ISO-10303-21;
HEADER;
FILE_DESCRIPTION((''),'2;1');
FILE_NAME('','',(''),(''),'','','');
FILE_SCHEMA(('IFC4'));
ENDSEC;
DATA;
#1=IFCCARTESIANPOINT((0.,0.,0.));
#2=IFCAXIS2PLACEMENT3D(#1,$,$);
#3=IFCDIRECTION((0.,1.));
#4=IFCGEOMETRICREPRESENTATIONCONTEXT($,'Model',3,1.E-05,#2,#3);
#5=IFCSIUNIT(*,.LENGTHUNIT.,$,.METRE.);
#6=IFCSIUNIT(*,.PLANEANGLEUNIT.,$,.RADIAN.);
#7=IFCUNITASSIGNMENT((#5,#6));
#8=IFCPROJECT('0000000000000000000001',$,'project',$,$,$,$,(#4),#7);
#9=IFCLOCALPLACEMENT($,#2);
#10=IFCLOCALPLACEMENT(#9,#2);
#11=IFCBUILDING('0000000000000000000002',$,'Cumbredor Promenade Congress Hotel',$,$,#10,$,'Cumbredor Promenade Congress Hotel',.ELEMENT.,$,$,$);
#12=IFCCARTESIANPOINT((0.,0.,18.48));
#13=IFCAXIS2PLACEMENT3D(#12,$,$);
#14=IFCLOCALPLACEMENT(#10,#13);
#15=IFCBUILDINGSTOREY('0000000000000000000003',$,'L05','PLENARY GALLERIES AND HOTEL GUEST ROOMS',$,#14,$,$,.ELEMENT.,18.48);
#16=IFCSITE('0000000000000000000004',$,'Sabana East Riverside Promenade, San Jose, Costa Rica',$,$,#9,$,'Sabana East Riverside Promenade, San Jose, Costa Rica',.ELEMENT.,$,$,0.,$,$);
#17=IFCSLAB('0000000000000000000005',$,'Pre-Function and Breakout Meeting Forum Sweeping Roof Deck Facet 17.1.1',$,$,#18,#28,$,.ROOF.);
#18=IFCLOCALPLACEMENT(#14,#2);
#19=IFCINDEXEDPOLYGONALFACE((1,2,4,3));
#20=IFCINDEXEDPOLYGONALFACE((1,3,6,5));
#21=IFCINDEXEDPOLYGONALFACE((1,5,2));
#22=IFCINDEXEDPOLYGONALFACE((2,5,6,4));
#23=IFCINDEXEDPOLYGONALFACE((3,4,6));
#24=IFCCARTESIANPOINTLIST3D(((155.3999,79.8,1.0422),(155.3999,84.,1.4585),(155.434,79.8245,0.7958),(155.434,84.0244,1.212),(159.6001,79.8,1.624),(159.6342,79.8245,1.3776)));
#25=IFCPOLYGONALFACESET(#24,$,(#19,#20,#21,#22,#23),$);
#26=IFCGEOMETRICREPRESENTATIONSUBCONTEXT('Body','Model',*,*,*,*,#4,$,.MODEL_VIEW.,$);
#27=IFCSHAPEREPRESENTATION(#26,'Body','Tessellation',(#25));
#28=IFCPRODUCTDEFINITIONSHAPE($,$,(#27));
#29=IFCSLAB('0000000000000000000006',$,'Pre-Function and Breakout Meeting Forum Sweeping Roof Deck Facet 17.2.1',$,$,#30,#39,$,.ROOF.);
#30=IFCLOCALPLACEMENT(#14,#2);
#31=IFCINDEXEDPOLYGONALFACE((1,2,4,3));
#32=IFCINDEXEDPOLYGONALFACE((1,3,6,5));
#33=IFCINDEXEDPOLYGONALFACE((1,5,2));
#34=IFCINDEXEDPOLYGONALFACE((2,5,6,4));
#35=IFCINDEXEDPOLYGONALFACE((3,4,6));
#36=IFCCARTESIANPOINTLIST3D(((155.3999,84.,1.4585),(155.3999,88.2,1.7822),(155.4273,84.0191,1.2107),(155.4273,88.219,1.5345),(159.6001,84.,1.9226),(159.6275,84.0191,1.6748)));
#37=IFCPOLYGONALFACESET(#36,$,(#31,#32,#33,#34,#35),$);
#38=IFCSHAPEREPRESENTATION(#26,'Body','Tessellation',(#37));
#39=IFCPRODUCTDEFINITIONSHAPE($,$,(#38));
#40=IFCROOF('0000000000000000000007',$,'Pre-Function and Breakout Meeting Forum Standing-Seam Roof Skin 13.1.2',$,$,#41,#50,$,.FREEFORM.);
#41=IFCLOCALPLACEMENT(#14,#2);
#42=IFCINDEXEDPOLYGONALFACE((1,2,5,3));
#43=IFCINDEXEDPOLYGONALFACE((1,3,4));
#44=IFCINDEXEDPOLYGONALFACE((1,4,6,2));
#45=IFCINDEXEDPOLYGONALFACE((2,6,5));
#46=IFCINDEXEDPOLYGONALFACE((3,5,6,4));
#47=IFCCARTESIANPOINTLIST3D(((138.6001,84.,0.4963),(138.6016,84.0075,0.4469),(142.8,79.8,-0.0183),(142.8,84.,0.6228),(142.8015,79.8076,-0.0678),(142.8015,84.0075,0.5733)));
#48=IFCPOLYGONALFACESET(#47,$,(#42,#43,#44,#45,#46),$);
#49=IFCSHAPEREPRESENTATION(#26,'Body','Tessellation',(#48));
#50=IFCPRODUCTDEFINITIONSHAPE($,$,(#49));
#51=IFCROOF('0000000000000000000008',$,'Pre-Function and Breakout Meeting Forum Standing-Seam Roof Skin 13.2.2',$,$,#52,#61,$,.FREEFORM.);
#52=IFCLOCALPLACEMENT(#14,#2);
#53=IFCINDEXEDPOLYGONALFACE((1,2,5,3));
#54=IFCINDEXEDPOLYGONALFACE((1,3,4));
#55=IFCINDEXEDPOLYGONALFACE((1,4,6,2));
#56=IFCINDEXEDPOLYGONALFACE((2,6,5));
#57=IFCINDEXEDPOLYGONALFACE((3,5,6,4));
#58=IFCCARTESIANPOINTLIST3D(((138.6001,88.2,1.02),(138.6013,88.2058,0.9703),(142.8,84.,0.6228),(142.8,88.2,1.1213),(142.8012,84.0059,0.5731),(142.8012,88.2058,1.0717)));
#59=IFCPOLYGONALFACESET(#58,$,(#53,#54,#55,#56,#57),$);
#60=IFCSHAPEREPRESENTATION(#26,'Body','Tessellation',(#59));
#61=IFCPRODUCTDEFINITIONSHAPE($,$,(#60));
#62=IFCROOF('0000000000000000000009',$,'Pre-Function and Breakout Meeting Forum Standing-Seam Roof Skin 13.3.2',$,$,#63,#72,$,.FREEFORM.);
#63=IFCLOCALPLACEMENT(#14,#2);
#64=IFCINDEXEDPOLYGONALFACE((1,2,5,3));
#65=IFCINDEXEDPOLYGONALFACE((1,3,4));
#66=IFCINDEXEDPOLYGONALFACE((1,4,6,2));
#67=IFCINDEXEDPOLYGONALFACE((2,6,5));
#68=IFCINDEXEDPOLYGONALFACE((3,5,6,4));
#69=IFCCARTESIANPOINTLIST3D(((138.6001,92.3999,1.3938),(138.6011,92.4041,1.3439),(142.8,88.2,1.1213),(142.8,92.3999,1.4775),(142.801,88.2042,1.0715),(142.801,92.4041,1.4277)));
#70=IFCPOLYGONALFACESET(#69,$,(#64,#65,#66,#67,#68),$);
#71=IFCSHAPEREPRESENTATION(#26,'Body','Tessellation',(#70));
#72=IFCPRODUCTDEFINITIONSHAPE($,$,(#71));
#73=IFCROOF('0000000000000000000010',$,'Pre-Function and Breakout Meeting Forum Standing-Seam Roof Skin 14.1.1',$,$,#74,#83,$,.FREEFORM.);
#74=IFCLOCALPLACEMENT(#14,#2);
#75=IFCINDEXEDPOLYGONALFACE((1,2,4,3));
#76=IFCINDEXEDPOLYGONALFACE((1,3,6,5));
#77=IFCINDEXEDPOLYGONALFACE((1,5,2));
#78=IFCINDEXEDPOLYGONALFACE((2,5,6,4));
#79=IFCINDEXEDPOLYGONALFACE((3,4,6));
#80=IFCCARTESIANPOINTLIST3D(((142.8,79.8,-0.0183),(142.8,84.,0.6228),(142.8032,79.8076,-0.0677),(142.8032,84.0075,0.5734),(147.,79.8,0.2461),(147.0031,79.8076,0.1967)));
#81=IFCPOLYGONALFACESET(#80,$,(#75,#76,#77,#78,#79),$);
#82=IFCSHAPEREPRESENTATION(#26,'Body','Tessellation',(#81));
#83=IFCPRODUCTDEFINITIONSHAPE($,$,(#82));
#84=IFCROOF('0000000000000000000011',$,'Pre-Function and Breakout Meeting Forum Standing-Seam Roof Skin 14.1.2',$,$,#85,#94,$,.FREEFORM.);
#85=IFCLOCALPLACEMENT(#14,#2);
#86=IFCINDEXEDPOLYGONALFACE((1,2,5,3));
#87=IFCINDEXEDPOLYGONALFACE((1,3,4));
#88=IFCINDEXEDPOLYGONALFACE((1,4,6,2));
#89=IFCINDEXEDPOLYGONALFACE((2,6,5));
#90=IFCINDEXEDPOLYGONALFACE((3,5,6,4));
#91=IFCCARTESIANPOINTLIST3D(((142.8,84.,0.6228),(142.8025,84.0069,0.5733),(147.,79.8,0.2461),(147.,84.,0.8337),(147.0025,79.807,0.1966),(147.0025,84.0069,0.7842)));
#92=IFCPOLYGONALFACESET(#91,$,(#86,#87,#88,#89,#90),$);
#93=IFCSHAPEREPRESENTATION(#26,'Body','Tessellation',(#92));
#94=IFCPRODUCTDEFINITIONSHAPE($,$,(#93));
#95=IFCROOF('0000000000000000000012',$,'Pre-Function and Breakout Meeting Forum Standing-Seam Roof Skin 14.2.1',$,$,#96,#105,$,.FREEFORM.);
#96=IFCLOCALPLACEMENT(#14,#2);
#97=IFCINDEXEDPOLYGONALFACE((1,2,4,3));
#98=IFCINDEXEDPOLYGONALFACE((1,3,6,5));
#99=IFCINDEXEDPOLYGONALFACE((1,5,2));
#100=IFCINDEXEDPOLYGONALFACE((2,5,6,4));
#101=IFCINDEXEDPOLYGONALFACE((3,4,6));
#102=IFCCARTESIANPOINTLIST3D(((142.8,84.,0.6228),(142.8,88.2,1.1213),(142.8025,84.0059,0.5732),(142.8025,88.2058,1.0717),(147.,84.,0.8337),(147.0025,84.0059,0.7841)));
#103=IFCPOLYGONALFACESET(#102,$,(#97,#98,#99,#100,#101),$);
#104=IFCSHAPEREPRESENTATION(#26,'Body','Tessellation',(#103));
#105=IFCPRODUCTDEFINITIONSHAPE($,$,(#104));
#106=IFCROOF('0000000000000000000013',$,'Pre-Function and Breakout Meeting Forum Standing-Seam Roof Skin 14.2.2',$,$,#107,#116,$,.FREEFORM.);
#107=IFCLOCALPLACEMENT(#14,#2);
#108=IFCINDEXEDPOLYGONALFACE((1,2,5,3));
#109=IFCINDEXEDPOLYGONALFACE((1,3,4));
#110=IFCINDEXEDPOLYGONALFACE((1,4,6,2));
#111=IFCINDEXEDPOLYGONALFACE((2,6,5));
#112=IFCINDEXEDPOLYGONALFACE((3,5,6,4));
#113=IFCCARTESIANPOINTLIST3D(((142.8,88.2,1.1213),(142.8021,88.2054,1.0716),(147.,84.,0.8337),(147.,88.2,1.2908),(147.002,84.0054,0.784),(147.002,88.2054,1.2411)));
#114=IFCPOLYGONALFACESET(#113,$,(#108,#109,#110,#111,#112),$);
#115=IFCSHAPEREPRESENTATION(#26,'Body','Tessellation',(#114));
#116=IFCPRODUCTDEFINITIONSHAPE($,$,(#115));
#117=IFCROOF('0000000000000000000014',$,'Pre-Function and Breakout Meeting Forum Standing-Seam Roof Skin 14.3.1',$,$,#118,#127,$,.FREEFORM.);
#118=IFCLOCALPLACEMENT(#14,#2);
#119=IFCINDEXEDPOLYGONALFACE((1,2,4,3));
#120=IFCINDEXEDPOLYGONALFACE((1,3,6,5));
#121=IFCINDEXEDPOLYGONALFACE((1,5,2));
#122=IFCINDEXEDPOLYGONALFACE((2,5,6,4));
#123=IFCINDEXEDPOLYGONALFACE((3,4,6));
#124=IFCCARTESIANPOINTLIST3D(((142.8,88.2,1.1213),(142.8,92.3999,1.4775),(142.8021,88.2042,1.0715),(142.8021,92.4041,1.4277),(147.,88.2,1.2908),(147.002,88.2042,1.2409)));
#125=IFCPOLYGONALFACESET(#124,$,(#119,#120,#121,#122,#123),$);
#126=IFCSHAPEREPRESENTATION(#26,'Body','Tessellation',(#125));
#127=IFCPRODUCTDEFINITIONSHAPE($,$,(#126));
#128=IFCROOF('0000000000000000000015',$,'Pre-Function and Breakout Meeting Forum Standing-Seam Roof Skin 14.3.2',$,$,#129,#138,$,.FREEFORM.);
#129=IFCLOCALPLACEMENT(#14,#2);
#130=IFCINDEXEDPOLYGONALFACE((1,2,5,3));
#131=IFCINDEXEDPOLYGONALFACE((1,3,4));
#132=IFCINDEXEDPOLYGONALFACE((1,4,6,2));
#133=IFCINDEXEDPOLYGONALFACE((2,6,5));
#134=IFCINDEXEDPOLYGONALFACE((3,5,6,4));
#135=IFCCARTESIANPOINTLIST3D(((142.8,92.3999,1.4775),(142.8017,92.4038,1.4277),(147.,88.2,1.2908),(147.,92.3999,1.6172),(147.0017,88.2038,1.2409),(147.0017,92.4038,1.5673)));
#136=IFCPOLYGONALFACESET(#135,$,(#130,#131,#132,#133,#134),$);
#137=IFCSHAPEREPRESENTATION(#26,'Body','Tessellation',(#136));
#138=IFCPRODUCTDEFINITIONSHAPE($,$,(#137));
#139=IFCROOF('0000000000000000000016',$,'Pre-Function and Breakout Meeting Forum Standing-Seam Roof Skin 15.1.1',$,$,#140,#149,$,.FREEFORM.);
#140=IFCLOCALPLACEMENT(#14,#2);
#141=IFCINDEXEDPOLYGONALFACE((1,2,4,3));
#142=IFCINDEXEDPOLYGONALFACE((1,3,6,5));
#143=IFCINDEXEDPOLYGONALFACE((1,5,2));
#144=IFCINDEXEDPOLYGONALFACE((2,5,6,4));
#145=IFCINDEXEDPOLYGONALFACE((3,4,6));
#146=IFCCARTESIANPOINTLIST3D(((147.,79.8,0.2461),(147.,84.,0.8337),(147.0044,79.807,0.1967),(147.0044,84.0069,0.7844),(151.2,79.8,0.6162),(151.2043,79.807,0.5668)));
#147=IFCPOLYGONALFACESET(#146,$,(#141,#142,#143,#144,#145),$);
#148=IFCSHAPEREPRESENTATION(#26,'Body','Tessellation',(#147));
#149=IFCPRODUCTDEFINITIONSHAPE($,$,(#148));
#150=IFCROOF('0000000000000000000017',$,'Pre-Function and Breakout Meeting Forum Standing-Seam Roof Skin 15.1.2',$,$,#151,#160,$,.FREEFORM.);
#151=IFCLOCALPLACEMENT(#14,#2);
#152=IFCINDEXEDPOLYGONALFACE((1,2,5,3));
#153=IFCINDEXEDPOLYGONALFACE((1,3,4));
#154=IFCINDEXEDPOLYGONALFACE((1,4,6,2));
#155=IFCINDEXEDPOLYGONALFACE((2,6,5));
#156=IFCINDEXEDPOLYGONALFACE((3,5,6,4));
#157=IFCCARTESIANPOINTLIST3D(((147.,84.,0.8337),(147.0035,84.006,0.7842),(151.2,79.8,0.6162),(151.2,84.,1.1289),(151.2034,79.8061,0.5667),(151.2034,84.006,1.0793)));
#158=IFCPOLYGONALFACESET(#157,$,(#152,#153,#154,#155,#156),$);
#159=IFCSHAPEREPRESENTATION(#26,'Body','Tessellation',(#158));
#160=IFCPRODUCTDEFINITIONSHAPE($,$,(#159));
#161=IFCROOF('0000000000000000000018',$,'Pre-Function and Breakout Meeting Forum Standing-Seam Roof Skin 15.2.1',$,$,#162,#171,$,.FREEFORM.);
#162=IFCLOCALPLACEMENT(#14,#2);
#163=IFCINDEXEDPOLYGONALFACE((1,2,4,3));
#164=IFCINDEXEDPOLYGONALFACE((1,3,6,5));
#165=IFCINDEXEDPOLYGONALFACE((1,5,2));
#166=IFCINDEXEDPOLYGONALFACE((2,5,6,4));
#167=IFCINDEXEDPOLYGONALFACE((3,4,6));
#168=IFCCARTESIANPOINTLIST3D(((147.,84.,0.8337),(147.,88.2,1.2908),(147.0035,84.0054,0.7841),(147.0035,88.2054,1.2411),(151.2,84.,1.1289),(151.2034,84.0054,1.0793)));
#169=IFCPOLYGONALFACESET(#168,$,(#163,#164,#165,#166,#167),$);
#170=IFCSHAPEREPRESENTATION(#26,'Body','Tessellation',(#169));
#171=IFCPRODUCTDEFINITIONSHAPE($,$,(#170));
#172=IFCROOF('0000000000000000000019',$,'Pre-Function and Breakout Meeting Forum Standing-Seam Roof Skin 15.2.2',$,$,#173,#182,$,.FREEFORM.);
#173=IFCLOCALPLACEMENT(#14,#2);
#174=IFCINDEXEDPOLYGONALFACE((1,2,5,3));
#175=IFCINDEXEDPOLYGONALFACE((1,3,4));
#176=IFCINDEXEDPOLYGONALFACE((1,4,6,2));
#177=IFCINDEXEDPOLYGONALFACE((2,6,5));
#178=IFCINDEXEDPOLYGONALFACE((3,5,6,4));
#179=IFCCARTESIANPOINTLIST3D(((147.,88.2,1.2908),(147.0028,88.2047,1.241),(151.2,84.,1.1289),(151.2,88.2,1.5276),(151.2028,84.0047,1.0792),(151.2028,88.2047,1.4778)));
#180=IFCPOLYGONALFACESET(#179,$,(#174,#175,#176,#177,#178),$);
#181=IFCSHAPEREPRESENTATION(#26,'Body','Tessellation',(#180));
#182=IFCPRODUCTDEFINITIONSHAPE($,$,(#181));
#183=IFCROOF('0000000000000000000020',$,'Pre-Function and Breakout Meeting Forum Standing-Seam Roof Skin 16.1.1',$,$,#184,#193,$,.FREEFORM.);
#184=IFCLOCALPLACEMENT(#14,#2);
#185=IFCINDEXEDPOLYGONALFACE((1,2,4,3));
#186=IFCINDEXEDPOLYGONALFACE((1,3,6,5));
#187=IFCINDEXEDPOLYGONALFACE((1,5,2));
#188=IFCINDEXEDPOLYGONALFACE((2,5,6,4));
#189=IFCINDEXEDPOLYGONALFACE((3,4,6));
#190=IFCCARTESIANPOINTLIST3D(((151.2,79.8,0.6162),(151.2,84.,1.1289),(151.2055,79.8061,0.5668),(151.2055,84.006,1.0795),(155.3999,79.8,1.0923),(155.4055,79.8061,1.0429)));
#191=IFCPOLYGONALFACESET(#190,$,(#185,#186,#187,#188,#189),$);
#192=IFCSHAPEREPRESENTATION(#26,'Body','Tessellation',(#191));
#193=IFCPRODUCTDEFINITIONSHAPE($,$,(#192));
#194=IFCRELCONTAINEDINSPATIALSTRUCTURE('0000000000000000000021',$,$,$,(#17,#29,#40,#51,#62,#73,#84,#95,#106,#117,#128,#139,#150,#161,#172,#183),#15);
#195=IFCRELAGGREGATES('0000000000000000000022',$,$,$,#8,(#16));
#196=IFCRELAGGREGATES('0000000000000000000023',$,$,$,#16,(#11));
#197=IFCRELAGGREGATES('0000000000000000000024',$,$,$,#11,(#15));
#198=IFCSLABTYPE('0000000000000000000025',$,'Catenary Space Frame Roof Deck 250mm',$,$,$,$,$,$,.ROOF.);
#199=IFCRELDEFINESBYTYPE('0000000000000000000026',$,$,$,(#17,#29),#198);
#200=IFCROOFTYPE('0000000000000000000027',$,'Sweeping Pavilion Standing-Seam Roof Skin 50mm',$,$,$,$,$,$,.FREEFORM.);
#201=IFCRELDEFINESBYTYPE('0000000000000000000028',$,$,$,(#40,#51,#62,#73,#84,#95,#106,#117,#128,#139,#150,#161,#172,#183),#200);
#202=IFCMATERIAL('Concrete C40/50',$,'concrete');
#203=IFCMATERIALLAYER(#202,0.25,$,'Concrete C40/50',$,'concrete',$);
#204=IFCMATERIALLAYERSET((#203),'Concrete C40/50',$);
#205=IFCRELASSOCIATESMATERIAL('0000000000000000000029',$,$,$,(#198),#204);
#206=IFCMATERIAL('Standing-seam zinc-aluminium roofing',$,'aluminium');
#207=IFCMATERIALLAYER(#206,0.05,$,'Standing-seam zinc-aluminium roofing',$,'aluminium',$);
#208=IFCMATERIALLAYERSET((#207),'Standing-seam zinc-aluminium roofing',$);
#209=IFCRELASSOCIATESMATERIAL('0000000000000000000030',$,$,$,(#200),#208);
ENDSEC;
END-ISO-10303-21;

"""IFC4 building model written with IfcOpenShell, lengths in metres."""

from ifc_helpers import new_model, si_unit, direction, frame, origin, place, context, subcontext, project, spatial, polyline, outline, extrude, material, layer, layer_set, type_object, element, save


model = new_model("IFC4")

# Units and contexts
model_context = context("Model", 3, precision=1e-05, world=origin(), true_north=direction((0.0, 1.0)))
body_context = subcontext(model_context, "Body", "Model", "MODEL_VIEW")
ifc_project = project(units=[si_unit("LENGTHUNIT", "METRE"), si_unit("PLANEANGLEUNIT", "RADIAN")], contexts=[model_context])

# Site, building, storey
site_placement = place(None, origin())
site = spatial("IfcSite", under=ifc_project, at=site_placement, Name="Sabana East Riverside Promenade, San Jose, Costa Rica", LongName="Sabana East Riverside Promenade, San Jose, Costa Rica", CompositionType="ELEMENT", RefElevation=0.0)
building_placement = place(site_placement, origin())
building = spatial("IfcBuilding", under=site, at=building_placement, Name="Cumbredor Promenade Congress Hotel", LongName="Cumbredor Promenade Congress Hotel", CompositionType="ELEMENT")
storey_placement = place(building_placement, frame((0.0, 0.0, 18.48)))
storey = spatial("IfcBuildingStorey", under=building, at=storey_placement, Name="L05", Description="PLENARY GALLERIES AND HOTEL GUEST ROOMS", CompositionType="ELEMENT", Elevation=18.48)

# Slabs
ifc_material_1 = material(Name="Concrete C40/50", Category="concrete")
ifc_layer_1 = layer(ifc_material_1, 0.25, Name="Concrete C40/50", Category="concrete")
ifc_layer_set_1 = layer_set([ifc_layer_1], Name="Concrete C40/50")
slab_type = type_object("IfcSlabType", Name="Catenary Space Frame Roof Deck 250mm", PredefinedType="ROOF", material=ifc_layer_set_1)
slab_1_placement = place(storey_placement, frame((155.3999, 79.8, 1.0422), z_axis=(-0.136548, -0.097704, 0.985804), x_axis=(0.990543, 0.0, 0.137204)))
element("IfcSlab", 1, at=slab_1_placement, inside=storey, type_object=slab_type, Name="Pre-Function and Breakout Meeting Forum Sweeping Roof Deck Facet 17.1.1", PredefinedType="ROOF", context=body_context, shape_type="SweptSolid", body=[
    extrude(outline(polyline([(0.0, 0.0), (4.2403, 0.0), (0.0571, 4.2201), (0.0, 0.0)])), origin(), (0.0, 0.0, -1.0), 0.25),
])
slab_2_placement = place(storey_placement, frame((155.3999, 84.0, 1.4585), z_axis=(-0.109508, -0.076389, 0.991046), x_axis=(0.99395, 0.0, 0.109829)))
element("IfcSlab", 2, at=slab_2_placement, inside=storey, type_object=slab_type, Name="Pre-Function and Breakout Meeting Forum Sweeping Roof Deck Facet 17.2.1", PredefinedType="ROOF", context=body_context, shape_type="SweptSolid", body=[
    extrude(outline(polyline([(0.0, 0.0), (4.2258, 0.0), (0.0356, 4.2123), (0.0, 0.0)])), origin(), (0.0, 0.0, -1.0), 0.25),
])

# Roofs
ifc_material_2 = material(Name="Standing-seam zinc-aluminium roofing", Category="aluminium")
ifc_layer_2 = layer(ifc_material_2, 0.05, Name="Standing-seam zinc-aluminium roofing", Category="aluminium")
ifc_layer_set_2 = layer_set([ifc_layer_2], Name="Standing-seam zinc-aluminium roofing")
roof_type = type_object("IfcRoofType", Name="Sweeping Pavilion Standing-Seam Roof Skin 50mm", PredefinedType="FREEFORM", material=ifc_layer_set_2)
roof_1_placement = place(storey_placement, frame((142.8, 79.8, -0.0183), z_axis=(-0.029753, -0.150833, 0.988111), x_axis=(0.0, 0.988549, 0.1509)))
element("IfcRoof", 3, at=roof_1_placement, inside=storey, type_object=roof_type, Name="Pre-Function and Breakout Meeting Forum Standing-Seam Roof Skin 13.1.2", PredefinedType="FREEFORM", context=body_context, shape_type="SweptSolid", body=[
    extrude(outline(polyline([(0.0, 0.0), (4.2486, 0.0), (4.2295, 4.2018), (0.0, 0.0)])), origin(), (0.0, 0.0, -1.0), 0.05),
])
roof_2_placement = place(storey_placement, frame((142.8, 84.0, 0.6228), z_axis=(-0.023949, -0.117839, 0.992744), x_axis=(0.0, 0.993029, 0.117873)))
element("IfcRoof", 4, at=roof_2_placement, inside=storey, type_object=roof_type, Name="Pre-Function and Breakout Meeting Forum Standing-Seam Roof Skin 13.2.2", PredefinedType="FREEFORM", context=body_context, shape_type="SweptSolid", body=[
    extrude(outline(polyline([(0.0, 0.0), (4.2294, 0.0), (4.2175, 4.2012), (0.0, 0.0)])), origin(), (0.0, 0.0, -1.0), 0.05),
])
roof_3_placement = place(storey_placement, frame((142.8, 88.2, 1.1213), z_axis=(-0.019863, -0.084491, 0.996226), x_axis=(0.0, 0.996423, 0.084507)))
element("IfcRoof", 5, at=roof_3_placement, inside=storey, type_object=roof_type, Name="Pre-Function and Breakout Meeting Forum Standing-Seam Roof Skin 13.3.2", PredefinedType="FREEFORM", context=body_context, shape_type="SweptSolid", body=[
    extrude(outline(polyline([(0.0, 0.0), (4.215, 0.0), (4.208, 4.2008), (0.0, 0.0)])), origin(), (0.0, 0.0, -1.0), 0.05),
])
roof_4_placement = place(storey_placement, frame((142.8, 79.8, -0.0183), z_axis=(-0.062113, -0.150608, 0.98664), x_axis=(0.998024, 0.0, 0.06283)))
element("IfcRoof", 6, at=roof_4_placement, inside=storey, type_object=roof_type, Name="Pre-Function and Breakout Meeting Forum Standing-Seam Roof Skin 14.1.1", PredefinedType="FREEFORM", context=body_context, shape_type="SweptSolid", body=[
    extrude(outline(polyline([(0.0, 0.0), (4.2083, 0.0), (0.0403, 4.2484), (0.0, 0.0)])), origin(), (0.0, 0.0, -1.0), 0.05),
])
roof_5_placement = place(storey_placement, frame((147.0, 79.8, 0.2461), z_axis=(-0.049678, -0.138397, 0.98913), x_axis=(0.0, 0.990353, 0.138568)))
element("IfcRoof", 7, at=roof_5_placement, inside=storey, type_object=roof_type, Name="Pre-Function and Breakout Meeting Forum Standing-Seam Roof Skin 14.1.2", PredefinedType="FREEFORM", context=body_context, shape_type="SweptSolid", body=[
    extrude(outline(polyline([(0.0, 0.0), (4.2409, 0.0), (4.2116, 4.2051), (0.0, 0.0)])), origin(), (0.0, 0.0, -1.0), 0.05),
])
roof_6_placement = place(storey_placement, frame((142.8, 84.0, 0.6228), z_axis=(-0.049812, -0.117726, 0.991796), x_axis=(0.998741, 0.0, 0.050161)))
element("IfcRoof", 8, at=roof_6_placement, inside=storey, type_object=roof_type, Name="Pre-Function and Breakout Meeting Forum Standing-Seam Roof Skin 14.2.1", PredefinedType="FREEFORM", context=body_context, shape_type="SweptSolid", body=[
    extrude(outline(polyline([(0.0, 0.0), (4.2052, 0.0), (0.025, 4.2294), (0.0, 0.0)])), origin(), (0.0, 0.0, -1.0), 0.05),
])
roof_7_placement = place(storey_placement, frame((147.0, 84.0, 0.8337), z_axis=(-0.040073, -0.108093, 0.993333), x_axis=(0.0, 0.994131, 0.10818)))
element("IfcRoof", 9, at=roof_7_placement, inside=storey, type_object=roof_type, Name="Pre-Function and Breakout Meeting Forum Standing-Seam Roof Skin 14.2.2", PredefinedType="FREEFORM", context=body_context, shape_type="SweptSolid", body=[
    extrude(outline(polyline([(0.0, 0.0), (4.2247, 0.0), (4.2064, 4.2033), (0.0, 0.0)])), origin(), (0.0, 0.0, -1.0), 0.05),
])
roof_8_placement = place(storey_placement, frame((142.8, 88.2, 1.1213), z_axis=(-0.040165, -0.084439, 0.995619), x_axis=(0.999187, 0.0, 0.040309)))
element("IfcRoof", 10, at=roof_8_placement, inside=storey, type_object=roof_type, Name="Pre-Function and Breakout Meeting Forum Standing-Seam Roof Skin 14.3.1", PredefinedType="FREEFORM", context=body_context, shape_type="SweptSolid", body=[
    extrude(outline(polyline([(0.0, 0.0), (4.2034, 0.0), (0.0144, 4.215), (0.0, 0.0)])), origin(), (0.0, 0.0, -1.0), 0.05),
])
roof_9_placement = place(storey_placement, frame((147.0, 88.2, 1.2908), z_axis=(-0.033132, -0.077443, 0.996446), x_axis=(0.0, 0.996993, 0.077485)))
element("IfcRoof", 11, at=roof_9_placement, inside=storey, type_object=roof_type, Name="Pre-Function and Breakout Meeting Forum Standing-Seam Roof Skin 14.3.2", PredefinedType="FREEFORM", context=body_context, shape_type="SweptSolid", body=[
    extrude(outline(polyline([(0.0, 0.0), (4.2126, 0.0), (4.2018, 4.2023), (0.0, 0.0)])), origin(), (0.0, 0.0, -1.0), 0.05),
])
roof_10_placement = place(storey_placement, frame((147.0, 79.8, 0.2461), z_axis=(-0.086944, -0.138043, 0.986603), x_axis=(0.99614, 0.0, 0.087784)))
element("IfcRoof", 12, at=roof_10_placement, inside=storey, type_object=roof_type, Name="Pre-Function and Breakout Meeting Forum Standing-Seam Roof Skin 15.1.1", PredefinedType="FREEFORM", context=body_context, shape_type="SweptSolid", body=[
    extrude(outline(polyline([(0.0, 0.0), (4.2162, 0.0), (0.0516, 4.2405), (0.0, 0.0)])), origin(), (0.0, 0.0, -1.0), 0.05),
])
roof_11_placement = place(storey_placement, frame((151.2, 79.8, 0.6162), z_axis=(-0.069591, -0.120878, 0.990225), x_axis=(0.0, 0.992631, 0.121172)))
element("IfcRoof", 13, at=roof_11_placement, inside=storey, type_object=roof_type, Name="Pre-Function and Breakout Meeting Forum Standing-Seam Roof Skin 15.1.2", PredefinedType="FREEFORM", context=body_context, shape_type="SweptSolid", body=[
    extrude(outline(polyline([(0.0, 0.0), (4.2311, 0.0), (4.1954, 4.2102), (0.0, 0.0)])), origin(), (0.0, 0.0, -1.0), 0.05),
])
roof_12_placement = place(storey_placement, frame((147.0, 84.0, 0.8337), z_axis=(-0.069696, -0.107917, 0.991714), x_axis=(0.99754, 0.0, 0.070106)))
element("IfcRoof", 14, at=roof_12_placement, inside=storey, type_object=roof_type, Name="Pre-Function and Breakout Meeting Forum Standing-Seam Roof Skin 15.2.1", PredefinedType="FREEFORM", context=body_context, shape_type="SweptSolid", body=[
    extrude(outline(polyline([(0.0, 0.0), (4.2103, 0.0), (0.032, 4.2246), (0.0, 0.0)])), origin(), (0.0, 0.0, -1.0), 0.05),
])
roof_13_placement = place(storey_placement, frame((151.2, 84.0, 1.1289), z_axis=(-0.056045, -0.094352, 0.99396), x_axis=(0.0, 0.995525, 0.0945)))
element("IfcRoof", 15, at=roof_13_placement, inside=storey, type_object=roof_type, Name="Pre-Function and Breakout Meeting Forum Standing-Seam Roof Skin 15.2.2", PredefinedType="FREEFORM", context=body_context, shape_type="SweptSolid", body=[
    extrude(outline(polyline([(0.0, 0.0), (4.2188, 0.0), (4.1965, 4.2066), (0.0, 0.0)])), origin(), (0.0, 0.0, -1.0), 0.05),
])
roof_14_placement = place(storey_placement, frame((151.2, 79.8, 0.6162), z_axis=(-0.111812, -0.120412, 0.986407), x_axis=(0.993637, 0.0, 0.112631)))
element("IfcRoof", 16, at=roof_14_placement, inside=storey, type_object=roof_type, Name="Pre-Function and Breakout Meeting Forum Standing-Seam Roof Skin 16.1.1", PredefinedType="FREEFORM", context=body_context, shape_type="SweptSolid", body=[
    extrude(outline(polyline([(0.0, 0.0), (4.2268, 0.0), (0.0577, 4.2307), (0.0, 0.0)])), origin(), (0.0, 0.0, -1.0), 0.05),
])

save(model, "model.ifc")
